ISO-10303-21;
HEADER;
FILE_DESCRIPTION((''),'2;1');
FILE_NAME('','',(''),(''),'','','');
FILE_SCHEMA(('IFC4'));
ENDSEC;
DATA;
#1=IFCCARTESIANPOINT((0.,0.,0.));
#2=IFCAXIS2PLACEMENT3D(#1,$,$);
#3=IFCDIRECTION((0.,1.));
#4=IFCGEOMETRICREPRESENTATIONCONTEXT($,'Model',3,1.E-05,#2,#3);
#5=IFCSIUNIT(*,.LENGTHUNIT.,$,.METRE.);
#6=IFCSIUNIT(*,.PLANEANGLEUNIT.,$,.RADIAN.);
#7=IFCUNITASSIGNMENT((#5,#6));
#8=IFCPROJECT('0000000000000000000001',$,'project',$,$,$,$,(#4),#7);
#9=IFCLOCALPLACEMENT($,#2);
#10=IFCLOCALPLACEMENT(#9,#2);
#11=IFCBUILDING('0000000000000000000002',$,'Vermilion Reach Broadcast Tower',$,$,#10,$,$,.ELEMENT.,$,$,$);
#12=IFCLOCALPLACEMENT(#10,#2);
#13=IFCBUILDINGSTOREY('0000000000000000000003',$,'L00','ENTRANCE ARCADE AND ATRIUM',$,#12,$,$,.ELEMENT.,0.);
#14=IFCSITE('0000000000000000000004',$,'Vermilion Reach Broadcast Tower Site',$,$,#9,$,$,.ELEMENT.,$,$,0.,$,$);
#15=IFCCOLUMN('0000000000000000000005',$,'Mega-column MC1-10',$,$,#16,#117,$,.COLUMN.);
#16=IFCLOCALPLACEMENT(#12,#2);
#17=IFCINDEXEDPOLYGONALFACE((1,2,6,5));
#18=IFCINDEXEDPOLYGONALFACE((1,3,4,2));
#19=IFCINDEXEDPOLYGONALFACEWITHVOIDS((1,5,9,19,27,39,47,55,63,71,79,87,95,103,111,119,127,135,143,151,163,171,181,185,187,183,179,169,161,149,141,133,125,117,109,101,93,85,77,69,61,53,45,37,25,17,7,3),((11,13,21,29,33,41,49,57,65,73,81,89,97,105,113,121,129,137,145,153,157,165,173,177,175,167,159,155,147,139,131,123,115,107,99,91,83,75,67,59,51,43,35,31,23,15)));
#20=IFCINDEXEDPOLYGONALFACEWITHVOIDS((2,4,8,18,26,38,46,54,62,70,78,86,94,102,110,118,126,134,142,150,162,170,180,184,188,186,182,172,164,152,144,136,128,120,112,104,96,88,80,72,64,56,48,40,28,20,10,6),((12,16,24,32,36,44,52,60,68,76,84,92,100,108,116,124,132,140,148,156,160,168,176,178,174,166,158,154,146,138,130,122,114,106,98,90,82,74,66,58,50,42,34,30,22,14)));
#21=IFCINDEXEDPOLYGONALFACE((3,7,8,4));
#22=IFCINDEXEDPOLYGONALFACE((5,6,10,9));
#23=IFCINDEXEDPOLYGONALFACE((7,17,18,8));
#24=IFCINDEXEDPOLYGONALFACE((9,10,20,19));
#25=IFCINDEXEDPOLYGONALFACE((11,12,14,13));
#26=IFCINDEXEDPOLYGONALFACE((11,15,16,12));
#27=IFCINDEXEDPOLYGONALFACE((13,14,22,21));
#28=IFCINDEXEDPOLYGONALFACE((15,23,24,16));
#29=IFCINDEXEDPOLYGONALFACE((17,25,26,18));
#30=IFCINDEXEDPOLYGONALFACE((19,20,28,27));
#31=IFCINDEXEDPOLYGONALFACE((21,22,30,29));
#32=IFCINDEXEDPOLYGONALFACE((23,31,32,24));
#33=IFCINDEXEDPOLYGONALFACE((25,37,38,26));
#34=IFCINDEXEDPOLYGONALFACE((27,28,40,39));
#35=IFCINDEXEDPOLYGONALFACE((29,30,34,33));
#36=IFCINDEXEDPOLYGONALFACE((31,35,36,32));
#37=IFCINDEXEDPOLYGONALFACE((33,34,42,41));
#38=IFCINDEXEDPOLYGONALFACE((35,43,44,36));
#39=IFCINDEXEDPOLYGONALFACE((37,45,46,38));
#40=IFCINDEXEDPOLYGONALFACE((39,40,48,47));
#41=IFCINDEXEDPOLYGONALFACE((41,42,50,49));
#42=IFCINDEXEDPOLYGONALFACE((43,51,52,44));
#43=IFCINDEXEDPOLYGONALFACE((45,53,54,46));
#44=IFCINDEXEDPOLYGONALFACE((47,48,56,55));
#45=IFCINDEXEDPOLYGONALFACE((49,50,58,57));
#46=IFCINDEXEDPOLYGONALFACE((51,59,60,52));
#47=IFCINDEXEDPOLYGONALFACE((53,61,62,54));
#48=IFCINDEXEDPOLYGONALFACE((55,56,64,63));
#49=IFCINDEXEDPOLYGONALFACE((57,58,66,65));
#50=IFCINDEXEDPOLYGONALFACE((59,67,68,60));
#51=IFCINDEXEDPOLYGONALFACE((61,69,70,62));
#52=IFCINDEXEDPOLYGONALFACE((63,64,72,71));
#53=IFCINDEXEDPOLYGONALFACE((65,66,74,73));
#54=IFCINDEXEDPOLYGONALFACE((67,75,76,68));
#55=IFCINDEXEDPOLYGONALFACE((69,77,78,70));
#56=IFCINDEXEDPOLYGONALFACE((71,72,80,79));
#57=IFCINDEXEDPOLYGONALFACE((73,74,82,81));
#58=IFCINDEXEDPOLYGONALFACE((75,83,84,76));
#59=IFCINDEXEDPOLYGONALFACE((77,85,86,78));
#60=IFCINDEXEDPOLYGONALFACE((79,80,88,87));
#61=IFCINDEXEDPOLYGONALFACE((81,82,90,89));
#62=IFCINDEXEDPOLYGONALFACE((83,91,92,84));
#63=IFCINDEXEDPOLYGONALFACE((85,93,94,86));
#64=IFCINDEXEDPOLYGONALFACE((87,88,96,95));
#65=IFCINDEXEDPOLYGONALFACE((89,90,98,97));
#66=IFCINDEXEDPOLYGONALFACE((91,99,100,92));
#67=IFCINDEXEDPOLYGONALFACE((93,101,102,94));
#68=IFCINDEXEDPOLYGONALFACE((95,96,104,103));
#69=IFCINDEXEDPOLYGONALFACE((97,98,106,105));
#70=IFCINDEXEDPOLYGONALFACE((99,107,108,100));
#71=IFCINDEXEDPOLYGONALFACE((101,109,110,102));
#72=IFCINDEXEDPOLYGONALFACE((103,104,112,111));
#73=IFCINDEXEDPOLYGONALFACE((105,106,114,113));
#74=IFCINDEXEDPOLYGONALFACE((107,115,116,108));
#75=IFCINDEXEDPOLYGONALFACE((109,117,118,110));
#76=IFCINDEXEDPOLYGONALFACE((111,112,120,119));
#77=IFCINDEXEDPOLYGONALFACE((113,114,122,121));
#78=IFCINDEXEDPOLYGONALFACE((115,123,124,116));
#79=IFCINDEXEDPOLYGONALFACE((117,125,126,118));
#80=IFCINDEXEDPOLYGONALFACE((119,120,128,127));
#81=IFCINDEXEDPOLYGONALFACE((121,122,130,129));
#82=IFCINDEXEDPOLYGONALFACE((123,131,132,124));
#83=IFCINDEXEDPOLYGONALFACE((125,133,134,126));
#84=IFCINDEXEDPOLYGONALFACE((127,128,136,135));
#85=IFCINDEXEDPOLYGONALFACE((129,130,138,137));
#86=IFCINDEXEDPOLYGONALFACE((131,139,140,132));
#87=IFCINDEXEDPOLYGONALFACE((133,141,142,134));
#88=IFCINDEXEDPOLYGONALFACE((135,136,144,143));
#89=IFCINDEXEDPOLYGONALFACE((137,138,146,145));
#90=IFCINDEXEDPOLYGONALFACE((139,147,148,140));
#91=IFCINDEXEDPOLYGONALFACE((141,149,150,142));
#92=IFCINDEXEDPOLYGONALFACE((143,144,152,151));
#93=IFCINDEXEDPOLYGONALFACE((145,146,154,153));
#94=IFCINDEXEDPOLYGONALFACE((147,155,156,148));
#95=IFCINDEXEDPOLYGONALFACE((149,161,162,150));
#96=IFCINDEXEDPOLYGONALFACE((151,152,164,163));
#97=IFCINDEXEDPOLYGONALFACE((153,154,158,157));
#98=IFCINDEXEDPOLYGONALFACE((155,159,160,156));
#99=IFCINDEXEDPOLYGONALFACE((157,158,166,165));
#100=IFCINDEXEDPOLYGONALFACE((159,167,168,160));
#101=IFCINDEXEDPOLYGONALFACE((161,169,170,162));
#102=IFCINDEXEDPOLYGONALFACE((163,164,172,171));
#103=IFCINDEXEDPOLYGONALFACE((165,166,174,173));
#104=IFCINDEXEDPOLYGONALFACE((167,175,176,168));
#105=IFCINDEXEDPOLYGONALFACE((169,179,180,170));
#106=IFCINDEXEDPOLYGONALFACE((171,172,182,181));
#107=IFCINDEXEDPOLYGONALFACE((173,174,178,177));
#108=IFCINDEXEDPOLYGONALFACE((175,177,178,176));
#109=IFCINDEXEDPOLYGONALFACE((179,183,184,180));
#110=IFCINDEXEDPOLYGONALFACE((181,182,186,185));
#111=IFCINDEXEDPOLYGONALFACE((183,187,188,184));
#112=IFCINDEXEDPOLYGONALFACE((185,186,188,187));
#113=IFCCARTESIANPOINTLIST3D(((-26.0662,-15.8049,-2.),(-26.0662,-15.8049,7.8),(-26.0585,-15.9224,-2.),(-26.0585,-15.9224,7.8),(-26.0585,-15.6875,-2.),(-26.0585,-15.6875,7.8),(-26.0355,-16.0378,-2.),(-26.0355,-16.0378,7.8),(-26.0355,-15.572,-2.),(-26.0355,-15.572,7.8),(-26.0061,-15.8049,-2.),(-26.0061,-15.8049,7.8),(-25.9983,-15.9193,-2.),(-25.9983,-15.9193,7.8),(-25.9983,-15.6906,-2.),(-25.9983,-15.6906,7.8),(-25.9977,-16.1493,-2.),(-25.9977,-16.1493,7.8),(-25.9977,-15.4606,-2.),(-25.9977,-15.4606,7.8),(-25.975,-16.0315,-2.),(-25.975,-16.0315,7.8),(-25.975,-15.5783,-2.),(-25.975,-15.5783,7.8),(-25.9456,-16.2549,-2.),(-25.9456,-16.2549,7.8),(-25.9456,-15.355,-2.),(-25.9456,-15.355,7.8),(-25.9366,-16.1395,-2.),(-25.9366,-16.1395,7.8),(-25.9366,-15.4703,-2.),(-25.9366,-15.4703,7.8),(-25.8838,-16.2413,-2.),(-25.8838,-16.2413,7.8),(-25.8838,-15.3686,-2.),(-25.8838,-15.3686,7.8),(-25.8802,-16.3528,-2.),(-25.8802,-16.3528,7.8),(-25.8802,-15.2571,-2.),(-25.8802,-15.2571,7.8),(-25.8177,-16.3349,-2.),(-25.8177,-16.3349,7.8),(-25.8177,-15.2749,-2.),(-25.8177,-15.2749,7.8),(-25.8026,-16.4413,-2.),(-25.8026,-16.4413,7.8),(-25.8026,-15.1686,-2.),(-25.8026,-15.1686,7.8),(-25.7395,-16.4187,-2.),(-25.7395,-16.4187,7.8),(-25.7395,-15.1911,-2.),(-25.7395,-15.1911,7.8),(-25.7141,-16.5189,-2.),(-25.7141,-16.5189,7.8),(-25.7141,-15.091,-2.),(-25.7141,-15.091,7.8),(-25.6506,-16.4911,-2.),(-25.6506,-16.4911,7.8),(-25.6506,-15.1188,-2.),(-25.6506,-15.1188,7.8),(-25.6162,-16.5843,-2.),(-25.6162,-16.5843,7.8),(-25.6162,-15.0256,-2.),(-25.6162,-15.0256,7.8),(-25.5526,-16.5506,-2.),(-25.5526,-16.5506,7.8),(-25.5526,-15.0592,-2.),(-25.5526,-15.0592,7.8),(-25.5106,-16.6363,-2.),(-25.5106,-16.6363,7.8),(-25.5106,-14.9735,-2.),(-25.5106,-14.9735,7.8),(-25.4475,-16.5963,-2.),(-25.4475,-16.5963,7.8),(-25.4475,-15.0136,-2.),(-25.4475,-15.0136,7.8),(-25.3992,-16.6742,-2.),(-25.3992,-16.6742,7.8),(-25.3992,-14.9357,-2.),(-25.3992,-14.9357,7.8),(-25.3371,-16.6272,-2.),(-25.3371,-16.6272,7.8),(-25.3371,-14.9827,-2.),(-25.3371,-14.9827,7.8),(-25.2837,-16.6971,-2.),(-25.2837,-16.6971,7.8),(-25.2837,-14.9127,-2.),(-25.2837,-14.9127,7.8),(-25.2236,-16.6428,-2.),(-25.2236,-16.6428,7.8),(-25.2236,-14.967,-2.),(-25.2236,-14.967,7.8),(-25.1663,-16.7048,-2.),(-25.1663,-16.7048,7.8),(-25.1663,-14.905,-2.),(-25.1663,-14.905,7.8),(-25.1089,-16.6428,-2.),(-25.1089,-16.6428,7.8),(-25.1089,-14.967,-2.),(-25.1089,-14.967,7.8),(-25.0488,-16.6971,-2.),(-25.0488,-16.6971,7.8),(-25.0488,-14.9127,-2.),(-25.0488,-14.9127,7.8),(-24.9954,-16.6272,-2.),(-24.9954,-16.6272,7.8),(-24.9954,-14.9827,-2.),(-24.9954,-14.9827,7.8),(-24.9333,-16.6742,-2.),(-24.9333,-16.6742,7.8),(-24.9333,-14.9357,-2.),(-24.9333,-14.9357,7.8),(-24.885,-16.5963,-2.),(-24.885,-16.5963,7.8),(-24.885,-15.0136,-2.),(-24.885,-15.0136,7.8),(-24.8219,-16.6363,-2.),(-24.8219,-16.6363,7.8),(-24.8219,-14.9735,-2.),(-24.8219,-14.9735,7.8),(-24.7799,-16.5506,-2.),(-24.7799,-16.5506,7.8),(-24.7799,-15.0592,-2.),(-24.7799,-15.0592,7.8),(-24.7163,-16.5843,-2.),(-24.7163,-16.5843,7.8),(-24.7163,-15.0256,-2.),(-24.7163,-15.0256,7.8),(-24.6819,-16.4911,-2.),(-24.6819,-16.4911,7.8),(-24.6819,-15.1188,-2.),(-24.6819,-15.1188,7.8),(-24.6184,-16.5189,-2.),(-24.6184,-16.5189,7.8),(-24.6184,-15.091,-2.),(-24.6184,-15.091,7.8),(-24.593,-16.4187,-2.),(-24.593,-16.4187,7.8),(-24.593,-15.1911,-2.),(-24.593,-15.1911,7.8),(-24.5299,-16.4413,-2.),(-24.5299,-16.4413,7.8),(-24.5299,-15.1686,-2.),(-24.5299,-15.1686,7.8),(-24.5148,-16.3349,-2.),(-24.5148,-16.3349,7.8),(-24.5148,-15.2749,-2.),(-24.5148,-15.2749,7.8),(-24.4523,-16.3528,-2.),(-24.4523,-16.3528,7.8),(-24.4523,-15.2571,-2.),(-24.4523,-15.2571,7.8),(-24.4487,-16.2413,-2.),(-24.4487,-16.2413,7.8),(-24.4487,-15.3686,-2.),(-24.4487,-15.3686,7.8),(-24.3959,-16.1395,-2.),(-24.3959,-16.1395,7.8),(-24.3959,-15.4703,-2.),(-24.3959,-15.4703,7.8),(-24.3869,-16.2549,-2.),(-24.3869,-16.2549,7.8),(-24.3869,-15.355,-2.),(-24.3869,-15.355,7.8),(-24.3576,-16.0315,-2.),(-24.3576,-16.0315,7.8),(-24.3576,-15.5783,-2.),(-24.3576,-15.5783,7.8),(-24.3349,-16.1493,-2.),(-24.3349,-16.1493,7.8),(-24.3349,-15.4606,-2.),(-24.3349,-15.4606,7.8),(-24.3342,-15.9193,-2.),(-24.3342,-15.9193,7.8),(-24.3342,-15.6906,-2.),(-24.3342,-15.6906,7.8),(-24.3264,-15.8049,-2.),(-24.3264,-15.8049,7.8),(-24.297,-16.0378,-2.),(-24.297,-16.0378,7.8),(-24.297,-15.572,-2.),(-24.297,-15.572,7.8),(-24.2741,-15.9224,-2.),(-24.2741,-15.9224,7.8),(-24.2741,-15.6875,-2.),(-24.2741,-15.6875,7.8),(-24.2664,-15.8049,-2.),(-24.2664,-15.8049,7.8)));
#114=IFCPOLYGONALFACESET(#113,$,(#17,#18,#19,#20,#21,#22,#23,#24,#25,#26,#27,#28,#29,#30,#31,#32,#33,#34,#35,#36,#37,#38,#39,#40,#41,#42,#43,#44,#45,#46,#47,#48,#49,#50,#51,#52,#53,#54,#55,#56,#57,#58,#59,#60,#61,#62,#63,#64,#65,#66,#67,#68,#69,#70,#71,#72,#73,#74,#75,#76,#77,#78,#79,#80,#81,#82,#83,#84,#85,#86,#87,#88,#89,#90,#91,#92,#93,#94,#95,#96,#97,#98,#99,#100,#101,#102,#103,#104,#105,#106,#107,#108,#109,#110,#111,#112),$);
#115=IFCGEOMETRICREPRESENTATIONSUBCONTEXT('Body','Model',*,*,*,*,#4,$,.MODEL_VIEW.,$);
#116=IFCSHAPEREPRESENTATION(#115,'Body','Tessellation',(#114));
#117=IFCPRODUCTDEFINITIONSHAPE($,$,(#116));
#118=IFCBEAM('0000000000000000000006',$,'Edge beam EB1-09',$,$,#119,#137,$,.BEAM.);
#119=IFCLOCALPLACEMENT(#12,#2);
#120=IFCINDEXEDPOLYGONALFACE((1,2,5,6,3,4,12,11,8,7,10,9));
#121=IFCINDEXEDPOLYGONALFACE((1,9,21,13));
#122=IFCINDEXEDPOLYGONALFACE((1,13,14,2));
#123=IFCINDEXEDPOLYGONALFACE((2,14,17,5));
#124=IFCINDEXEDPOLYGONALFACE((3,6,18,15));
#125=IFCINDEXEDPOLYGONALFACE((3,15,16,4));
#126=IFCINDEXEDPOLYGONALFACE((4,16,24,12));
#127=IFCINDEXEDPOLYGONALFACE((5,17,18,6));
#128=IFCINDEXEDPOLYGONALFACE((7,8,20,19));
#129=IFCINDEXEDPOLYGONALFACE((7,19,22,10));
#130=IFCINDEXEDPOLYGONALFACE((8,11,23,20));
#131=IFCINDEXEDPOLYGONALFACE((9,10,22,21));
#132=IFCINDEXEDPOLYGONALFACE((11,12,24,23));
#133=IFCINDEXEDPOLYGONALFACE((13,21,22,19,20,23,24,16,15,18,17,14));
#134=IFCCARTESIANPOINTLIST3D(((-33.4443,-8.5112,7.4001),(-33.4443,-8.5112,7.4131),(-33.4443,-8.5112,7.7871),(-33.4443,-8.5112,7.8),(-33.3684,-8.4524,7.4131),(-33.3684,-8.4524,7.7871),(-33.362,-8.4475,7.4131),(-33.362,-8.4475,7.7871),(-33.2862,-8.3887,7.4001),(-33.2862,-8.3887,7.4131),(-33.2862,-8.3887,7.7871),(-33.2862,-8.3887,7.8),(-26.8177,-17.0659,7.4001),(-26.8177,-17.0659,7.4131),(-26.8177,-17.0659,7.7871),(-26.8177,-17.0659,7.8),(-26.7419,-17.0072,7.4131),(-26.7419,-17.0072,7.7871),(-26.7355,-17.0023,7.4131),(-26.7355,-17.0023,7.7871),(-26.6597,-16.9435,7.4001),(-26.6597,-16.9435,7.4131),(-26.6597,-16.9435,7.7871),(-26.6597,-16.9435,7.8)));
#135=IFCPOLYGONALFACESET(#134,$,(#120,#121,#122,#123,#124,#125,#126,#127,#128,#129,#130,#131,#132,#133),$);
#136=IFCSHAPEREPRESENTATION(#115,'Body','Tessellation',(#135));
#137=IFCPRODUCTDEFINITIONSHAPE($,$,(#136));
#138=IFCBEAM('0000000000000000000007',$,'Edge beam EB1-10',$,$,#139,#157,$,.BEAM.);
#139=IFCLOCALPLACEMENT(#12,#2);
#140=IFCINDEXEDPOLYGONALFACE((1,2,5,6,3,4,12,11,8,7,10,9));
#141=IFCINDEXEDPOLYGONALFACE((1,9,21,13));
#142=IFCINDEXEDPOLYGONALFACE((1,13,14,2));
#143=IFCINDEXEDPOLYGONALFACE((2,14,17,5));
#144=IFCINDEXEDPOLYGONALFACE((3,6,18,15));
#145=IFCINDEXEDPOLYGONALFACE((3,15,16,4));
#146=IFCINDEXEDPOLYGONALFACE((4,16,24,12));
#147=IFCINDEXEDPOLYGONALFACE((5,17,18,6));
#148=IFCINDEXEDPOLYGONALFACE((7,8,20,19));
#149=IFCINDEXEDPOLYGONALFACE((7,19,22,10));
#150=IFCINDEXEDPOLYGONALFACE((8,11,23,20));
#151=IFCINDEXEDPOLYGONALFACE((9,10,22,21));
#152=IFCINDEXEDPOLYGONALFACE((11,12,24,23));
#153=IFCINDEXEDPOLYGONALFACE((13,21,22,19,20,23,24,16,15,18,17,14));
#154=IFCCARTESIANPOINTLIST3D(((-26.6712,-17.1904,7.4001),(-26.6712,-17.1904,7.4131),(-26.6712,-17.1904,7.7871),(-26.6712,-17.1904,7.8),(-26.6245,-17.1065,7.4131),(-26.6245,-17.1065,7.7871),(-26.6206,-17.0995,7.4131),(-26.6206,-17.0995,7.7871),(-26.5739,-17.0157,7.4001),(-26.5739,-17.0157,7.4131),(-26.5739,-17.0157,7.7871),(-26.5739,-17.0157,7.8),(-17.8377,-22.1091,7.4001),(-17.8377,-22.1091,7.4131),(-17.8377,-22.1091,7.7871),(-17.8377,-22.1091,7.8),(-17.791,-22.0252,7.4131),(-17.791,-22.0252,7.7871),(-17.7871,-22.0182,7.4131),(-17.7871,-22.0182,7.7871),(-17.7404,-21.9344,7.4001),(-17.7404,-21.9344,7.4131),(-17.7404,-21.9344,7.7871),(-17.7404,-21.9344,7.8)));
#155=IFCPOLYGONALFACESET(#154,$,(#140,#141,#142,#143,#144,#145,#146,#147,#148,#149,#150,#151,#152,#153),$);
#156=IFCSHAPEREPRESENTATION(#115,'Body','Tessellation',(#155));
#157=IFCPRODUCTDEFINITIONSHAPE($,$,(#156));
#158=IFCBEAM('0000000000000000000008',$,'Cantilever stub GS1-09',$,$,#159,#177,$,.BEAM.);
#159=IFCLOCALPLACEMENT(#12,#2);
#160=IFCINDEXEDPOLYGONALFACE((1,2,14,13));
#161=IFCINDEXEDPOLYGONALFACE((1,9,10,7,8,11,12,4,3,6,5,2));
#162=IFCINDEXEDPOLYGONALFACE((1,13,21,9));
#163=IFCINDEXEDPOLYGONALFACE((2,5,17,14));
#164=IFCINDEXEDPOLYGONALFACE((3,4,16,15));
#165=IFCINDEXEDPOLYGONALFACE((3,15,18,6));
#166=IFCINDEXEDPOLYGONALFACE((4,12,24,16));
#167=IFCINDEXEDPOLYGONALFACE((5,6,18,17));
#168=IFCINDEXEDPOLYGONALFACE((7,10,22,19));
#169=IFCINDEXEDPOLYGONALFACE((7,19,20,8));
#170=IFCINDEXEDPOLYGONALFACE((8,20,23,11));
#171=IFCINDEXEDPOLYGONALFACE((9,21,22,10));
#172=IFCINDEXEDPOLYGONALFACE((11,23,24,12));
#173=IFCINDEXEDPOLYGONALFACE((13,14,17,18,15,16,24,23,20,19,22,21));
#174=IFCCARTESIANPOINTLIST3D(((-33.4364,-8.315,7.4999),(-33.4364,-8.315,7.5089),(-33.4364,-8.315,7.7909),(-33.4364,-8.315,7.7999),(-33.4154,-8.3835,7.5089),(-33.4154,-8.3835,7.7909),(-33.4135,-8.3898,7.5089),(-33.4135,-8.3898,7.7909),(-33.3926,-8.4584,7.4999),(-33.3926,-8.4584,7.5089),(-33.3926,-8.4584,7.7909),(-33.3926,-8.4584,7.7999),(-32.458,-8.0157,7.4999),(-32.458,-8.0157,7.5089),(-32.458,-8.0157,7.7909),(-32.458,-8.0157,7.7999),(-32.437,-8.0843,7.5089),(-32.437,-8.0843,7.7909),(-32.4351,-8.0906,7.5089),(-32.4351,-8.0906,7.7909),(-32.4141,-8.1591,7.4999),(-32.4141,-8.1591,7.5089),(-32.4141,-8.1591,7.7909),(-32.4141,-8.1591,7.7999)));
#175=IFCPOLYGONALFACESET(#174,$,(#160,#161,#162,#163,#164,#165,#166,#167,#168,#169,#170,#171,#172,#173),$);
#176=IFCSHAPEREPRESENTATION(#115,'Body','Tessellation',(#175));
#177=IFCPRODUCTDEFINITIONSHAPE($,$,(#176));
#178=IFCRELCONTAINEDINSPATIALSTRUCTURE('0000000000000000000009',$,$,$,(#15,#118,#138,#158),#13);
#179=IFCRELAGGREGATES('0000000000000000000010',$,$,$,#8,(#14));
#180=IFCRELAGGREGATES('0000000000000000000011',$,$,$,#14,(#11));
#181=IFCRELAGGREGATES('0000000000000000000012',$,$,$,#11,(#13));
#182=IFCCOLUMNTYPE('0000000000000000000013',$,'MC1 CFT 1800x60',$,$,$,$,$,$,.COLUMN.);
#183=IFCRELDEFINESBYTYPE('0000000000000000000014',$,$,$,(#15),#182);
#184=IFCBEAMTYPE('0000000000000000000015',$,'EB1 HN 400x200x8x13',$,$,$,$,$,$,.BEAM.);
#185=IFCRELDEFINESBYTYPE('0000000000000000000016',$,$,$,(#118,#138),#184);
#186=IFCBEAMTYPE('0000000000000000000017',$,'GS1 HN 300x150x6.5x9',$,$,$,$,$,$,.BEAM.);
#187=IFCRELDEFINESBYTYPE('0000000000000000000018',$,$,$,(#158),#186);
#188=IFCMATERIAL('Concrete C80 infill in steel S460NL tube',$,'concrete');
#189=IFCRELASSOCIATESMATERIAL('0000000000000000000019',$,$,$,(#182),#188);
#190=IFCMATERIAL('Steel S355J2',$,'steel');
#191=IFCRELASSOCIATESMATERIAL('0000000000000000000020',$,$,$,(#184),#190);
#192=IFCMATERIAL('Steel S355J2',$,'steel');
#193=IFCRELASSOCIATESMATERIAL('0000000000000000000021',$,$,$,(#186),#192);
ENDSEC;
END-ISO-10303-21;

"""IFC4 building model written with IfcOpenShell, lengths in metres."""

from ifc_helpers import new_model, si_unit, direction, frame, origin, origin_2d, place, context, subcontext, project, spatial, hollow_circle, i_section, extrude, material, material_profile, profile_set, type_object, element, save


model = new_model("IFC4")

# Units and contexts
model_context = context("Model", 3, precision=1e-05, world=origin(), true_north=direction((0.0, 1.0)))
body_context = subcontext(model_context, "Body", "Model", "MODEL_VIEW")
ifc_project = project(units=[si_unit("LENGTHUNIT", "METRE"), si_unit("PLANEANGLEUNIT", "RADIAN")], contexts=[model_context])

# Site, building, storey
site_placement = place(None, origin())
site = spatial("IfcSite", under=ifc_project, at=site_placement, Name="Vermilion Reach Broadcast Tower Site", CompositionType="ELEMENT", RefElevation=0.0)
building_placement = place(site_placement, origin())
building = spatial("IfcBuilding", under=site, at=building_placement, Name="Vermilion Reach Broadcast Tower", CompositionType="ELEMENT")
storey_placement = place(building_placement, origin())
storey = spatial("IfcBuildingStorey", under=building, at=storey_placement, Name="L00", Description="ENTRANCE ARCADE AND ATRIUM", CompositionType="ELEMENT", Elevation=0.0)

# Column
ifc_material_1 = material(Name="Concrete C80 infill in steel S460NL tube", Category="concrete")
ifc_material_profile_1 = material_profile(ifc_material_1, hollow_circle(Radius=0.8999, WallThickness=0.0601, at=origin_2d()), Name="Concrete C80 infill in steel S460NL tube CFT 1800x60")
ifc_profile_set_1 = profile_set([ifc_material_profile_1], Name="Concrete C80 infill in steel S460NL tube")
column_type = type_object("IfcColumnType", Name="MC1 CFT 1800x60", PredefinedType="COLUMN", material=ifc_profile_set_1)
for number, where, z_axis, x_axis, name in (
    (1, (-25.1663, -15.8049, -2.0), (0.0, 0.0, 1.0), (1.0, 0.0, 0.0), "Mega-column MC1-10"),
):
    element("IfcColumn", number, at=place(storey_placement, frame(where, z_axis=z_axis, x_axis=x_axis)), inside=storey, type_object=column_type, Name=name, PredefinedType="COLUMN", context=body_context, shape_type="SweptSolid", body=[
        extrude(hollow_circle(Radius=0.8999, WallThickness=0.0601, at=origin_2d()), origin(), (0.0, 0.0, 1.0), 9.8),
    ])

# Beams
ifc_material_2 = material(Name="Steel S355J2", Category="steel")
ifc_material_profile_2 = material_profile(ifc_material_2, i_section(OverallWidth=0.2, OverallDepth=0.3999, WebThickness=0.0081, FlangeThickness=0.0129, at=origin_2d()), Name="S355J2 HN 400x200x8x13")
ifc_profile_set_2 = profile_set([ifc_material_profile_2], Name="Steel S355J2")
beam_type_1 = type_object("IfcBeamType", Name="EB1 HN 400x200x8x13", PredefinedType="BEAM", material=ifc_profile_set_2)
beam_1_placement = place(storey_placement, frame((-33.3652, -8.45, 7.6001), z_axis=(0.612374, -0.790568, 0.0), x_axis=(0.790568, 0.612374, 0.0)))
element("IfcBeam", 2, at=beam_1_placement, inside=storey, type_object=beam_type_1, Name="Edge beam EB1-09", PredefinedType="BEAM", context=body_context, shape_type="SweptSolid", body=[
    extrude(i_section(OverallWidth=0.2, OverallDepth=0.3999, WebThickness=0.0081, FlangeThickness=0.0129, at=origin_2d()), origin(), (0.0, 0.0, 1.0), 10.821),
])
beam_2_placement = place(storey_placement, frame((-26.6226, -17.103, 7.6001), z_axis=(0.873686, -0.486489, 0.0), x_axis=(0.486489, 0.873686, 0.0)))
element("IfcBeam", 3, at=beam_2_placement, inside=storey, type_object=beam_type_1, Name="Edge beam EB1-10", PredefinedType="BEAM", context=body_context, shape_type="SweptSolid", body=[
    extrude(i_section(OverallWidth=0.2, OverallDepth=0.3999, WebThickness=0.0081, FlangeThickness=0.0129, at=origin_2d()), origin(), (0.0, 0.0, 1.0), 10.1106),
])
ifc_material_3 = material(Name="Steel S355J2", Category="steel")
ifc_material_profile_3 = material_profile(ifc_material_3, i_section(OverallWidth=0.1499, OverallDepth=0.3, WebThickness=0.0066, FlangeThickness=0.009, at=origin_2d()), Name="S355J2 HN 300x150x6.5x9")
ifc_profile_set_3 = profile_set([ifc_material_profile_3], Name="Steel S355J2")
beam_type_2 = type_object("IfcBeamType", Name="GS1 HN 300x150x6.5x9", PredefinedType="BEAM", material=ifc_profile_set_3)
beam_3_placement = place(storey_placement, frame((-32.436, -8.0874, 7.6499), z_axis=(-0.956263, -0.292509, 0.0), x_axis=(0.292509, -0.956263, 0.0)))
element("IfcBeam", 4, at=beam_3_placement, inside=storey, type_object=beam_type_2, Name="Cantilever stub GS1-09", PredefinedType="BEAM", context=body_context, shape_type="SweptSolid", body=[
    extrude(i_section(OverallWidth=0.1499, OverallDepth=0.3, WebThickness=0.0066, FlangeThickness=0.009, at=origin_2d()), origin(), (0.0, 0.0, 1.0), 1.0232),
])

save(model, "model.ifc")
